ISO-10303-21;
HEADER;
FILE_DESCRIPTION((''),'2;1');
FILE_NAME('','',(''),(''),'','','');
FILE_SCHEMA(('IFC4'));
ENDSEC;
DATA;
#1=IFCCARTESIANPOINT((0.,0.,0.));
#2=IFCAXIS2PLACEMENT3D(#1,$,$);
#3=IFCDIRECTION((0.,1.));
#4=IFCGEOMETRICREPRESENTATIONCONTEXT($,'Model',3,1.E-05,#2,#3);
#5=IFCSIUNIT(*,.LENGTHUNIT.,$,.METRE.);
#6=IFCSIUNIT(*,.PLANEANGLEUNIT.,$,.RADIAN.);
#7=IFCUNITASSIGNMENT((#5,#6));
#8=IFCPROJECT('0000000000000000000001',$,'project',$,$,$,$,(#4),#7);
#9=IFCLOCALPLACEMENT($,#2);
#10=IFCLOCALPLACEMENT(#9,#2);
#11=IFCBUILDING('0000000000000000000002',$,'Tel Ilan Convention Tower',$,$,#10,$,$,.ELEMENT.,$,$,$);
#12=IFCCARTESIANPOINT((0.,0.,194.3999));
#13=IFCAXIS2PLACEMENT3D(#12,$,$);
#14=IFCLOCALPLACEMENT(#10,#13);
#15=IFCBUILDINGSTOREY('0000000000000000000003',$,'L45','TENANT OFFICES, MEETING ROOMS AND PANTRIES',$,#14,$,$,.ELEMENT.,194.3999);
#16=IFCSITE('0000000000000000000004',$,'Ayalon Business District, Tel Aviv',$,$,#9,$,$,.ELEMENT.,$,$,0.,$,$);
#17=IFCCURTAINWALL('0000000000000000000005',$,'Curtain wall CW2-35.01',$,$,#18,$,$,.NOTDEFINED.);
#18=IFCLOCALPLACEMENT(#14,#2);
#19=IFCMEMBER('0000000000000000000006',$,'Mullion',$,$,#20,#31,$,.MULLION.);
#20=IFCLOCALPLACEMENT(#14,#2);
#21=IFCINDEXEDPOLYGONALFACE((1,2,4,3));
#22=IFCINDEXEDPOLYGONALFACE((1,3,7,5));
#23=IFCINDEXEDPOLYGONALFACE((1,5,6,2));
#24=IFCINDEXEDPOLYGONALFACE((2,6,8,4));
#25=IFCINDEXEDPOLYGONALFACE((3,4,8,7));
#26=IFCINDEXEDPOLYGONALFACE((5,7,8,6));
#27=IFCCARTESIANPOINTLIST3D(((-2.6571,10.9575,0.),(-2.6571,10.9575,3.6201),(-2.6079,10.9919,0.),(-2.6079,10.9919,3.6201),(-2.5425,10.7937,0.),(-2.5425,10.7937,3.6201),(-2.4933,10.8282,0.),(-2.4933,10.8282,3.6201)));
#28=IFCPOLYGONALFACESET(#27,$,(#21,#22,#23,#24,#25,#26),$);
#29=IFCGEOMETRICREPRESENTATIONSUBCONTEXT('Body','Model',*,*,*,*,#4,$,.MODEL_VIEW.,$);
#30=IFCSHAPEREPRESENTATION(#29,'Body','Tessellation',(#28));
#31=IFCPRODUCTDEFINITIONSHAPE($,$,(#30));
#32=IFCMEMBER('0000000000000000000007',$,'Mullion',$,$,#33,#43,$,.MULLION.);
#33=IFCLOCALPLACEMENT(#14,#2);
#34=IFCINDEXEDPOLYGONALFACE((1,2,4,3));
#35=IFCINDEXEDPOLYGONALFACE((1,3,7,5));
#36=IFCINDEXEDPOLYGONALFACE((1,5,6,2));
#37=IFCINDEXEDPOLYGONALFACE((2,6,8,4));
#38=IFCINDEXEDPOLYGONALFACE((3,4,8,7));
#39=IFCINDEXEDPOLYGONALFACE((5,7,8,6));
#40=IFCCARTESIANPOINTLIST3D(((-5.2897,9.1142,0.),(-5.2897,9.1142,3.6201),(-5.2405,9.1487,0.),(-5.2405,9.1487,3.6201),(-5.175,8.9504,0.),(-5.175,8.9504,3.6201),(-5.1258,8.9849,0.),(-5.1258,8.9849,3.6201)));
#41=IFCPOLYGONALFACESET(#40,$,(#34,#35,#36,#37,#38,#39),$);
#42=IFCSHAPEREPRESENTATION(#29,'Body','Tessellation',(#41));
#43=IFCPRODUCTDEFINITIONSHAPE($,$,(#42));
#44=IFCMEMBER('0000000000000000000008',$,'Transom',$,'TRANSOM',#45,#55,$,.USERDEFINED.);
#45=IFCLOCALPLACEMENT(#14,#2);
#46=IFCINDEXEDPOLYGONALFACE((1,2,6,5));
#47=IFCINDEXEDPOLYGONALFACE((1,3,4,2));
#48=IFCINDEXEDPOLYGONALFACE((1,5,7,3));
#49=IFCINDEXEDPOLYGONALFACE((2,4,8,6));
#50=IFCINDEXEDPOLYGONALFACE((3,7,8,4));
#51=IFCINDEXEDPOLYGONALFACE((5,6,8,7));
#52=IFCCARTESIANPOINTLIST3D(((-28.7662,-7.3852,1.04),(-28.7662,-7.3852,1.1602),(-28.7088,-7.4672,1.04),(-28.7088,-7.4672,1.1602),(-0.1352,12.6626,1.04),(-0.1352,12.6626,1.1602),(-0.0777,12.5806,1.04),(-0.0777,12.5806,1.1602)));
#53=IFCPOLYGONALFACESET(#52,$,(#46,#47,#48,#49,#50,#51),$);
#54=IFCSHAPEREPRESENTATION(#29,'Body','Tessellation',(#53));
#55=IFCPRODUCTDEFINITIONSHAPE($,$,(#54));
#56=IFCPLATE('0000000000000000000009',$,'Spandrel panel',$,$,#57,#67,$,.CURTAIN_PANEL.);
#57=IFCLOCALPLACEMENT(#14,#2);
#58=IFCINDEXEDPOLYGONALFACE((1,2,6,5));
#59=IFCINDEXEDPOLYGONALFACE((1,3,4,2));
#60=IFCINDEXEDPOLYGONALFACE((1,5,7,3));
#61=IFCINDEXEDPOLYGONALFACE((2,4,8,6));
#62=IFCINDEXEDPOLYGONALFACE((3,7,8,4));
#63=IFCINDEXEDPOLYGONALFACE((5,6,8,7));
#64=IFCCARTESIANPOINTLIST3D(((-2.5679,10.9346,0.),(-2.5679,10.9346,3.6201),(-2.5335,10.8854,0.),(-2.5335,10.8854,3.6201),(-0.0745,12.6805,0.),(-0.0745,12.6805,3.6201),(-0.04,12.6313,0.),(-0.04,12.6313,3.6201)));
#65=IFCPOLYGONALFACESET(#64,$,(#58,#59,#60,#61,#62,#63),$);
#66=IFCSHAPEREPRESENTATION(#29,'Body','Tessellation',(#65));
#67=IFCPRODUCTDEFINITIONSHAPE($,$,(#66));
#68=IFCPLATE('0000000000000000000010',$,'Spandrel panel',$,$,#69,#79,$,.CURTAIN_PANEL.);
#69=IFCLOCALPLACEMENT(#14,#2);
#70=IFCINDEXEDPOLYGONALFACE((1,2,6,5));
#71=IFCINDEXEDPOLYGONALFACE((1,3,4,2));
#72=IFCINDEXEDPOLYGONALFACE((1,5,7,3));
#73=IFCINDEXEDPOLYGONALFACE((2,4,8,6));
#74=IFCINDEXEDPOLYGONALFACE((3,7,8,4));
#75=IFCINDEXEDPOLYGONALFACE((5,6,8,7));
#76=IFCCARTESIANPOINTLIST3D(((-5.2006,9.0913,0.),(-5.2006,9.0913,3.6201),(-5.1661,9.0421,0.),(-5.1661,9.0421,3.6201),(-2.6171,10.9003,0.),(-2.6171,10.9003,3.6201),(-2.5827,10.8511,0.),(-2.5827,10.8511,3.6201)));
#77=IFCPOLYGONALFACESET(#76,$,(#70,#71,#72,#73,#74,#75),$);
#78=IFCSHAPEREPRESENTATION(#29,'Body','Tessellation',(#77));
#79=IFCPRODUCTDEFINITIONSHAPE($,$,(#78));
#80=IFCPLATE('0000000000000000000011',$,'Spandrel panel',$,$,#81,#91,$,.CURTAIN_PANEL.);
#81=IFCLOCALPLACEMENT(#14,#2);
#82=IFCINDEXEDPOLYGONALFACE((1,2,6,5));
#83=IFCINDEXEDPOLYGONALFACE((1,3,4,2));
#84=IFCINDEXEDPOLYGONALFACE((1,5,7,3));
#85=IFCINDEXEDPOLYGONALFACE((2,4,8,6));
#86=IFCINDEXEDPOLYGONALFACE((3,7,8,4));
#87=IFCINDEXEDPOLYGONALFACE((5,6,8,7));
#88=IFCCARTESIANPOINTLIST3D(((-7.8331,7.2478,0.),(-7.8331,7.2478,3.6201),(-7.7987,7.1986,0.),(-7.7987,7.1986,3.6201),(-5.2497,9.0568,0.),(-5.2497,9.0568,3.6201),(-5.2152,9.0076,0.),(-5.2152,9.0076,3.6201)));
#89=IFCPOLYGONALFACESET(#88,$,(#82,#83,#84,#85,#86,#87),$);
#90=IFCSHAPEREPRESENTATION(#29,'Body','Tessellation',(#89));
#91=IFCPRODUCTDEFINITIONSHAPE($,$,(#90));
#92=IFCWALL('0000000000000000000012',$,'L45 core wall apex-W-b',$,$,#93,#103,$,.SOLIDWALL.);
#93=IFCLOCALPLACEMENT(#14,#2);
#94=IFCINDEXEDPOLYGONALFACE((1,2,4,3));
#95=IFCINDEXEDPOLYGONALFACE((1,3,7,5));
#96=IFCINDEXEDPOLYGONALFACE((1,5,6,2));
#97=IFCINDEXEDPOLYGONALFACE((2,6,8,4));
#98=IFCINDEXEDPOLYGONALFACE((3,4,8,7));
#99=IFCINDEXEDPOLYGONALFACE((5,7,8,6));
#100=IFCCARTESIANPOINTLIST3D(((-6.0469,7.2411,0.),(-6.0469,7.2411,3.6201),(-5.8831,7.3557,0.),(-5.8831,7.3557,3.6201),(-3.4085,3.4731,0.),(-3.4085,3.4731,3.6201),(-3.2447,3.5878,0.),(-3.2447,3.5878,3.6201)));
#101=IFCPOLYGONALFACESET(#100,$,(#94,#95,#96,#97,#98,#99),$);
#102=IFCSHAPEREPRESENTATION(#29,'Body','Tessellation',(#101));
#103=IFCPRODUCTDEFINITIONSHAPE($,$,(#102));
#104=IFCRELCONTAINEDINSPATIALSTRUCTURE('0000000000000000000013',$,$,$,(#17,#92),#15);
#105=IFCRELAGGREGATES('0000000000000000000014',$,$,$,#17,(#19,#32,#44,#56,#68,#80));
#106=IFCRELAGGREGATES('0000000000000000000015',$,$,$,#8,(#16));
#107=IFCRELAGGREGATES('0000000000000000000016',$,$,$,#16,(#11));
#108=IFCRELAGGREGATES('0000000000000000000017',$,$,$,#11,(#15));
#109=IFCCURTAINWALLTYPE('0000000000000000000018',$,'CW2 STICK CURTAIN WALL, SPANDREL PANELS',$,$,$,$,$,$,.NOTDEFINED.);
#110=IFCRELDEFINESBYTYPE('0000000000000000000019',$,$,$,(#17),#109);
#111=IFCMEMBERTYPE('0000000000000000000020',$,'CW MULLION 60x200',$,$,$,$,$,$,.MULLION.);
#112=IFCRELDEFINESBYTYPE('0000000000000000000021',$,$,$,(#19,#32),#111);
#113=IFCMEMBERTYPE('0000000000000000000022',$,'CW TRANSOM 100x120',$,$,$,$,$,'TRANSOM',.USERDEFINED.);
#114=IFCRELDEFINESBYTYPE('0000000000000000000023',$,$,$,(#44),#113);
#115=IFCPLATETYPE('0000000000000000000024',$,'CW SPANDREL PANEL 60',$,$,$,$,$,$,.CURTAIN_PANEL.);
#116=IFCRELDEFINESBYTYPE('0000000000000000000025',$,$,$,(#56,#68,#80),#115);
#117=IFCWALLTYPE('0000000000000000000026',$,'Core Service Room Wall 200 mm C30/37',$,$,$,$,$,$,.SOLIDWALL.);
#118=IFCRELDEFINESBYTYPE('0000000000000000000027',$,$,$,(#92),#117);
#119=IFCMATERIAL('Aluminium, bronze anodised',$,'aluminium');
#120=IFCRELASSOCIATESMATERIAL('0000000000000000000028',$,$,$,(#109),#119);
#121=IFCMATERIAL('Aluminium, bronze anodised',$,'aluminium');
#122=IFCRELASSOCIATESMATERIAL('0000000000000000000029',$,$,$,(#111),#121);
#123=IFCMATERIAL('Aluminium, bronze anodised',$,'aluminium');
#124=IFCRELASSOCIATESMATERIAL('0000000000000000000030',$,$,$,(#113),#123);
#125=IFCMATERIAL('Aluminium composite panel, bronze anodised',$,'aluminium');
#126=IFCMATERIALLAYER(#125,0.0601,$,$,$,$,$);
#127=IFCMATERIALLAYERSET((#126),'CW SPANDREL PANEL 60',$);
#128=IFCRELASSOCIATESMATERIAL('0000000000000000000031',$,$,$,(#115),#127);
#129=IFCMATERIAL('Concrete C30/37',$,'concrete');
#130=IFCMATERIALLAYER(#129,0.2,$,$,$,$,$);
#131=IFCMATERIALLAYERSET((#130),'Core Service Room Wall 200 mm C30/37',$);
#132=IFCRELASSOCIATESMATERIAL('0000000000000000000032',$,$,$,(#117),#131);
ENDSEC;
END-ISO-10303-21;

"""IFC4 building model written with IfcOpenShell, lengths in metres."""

from ifc_helpers import new_model, si_unit, direction, frame, frame_2d, origin, origin_2d, place, context, subcontext, project, spatial, rectangle, extrude, material, layer, layer_set, material_profile, profile_set, type_object, element, aggregate, save


model = new_model("IFC4")

# Units and contexts
model_context = context("Model", 3, precision=1e-05, world=origin(), true_north=direction((0.0, 1.0)))
body_context = subcontext(model_context, "Body", "Model", "MODEL_VIEW")
ifc_project = project(units=[si_unit("LENGTHUNIT", "METRE"), si_unit("PLANEANGLEUNIT", "RADIAN")], contexts=[model_context])

# Site, building, storey
site_placement = place(None, origin())
site = spatial("IfcSite", under=ifc_project, at=site_placement, Name="Ayalon Business District, Tel Aviv", CompositionType="ELEMENT", RefElevation=0.0)
building_placement = place(site_placement, origin())
building = spatial("IfcBuilding", under=site, at=building_placement, Name="Tel Ilan Convention Tower", CompositionType="ELEMENT")
storey_placement = place(building_placement, frame((0.0, 0.0, 194.3999)))
storey = spatial("IfcBuildingStorey", under=building, at=storey_placement, Name="L45", Description="TENANT OFFICES, MEETING ROOMS AND PANTRIES", CompositionType="ELEMENT", Elevation=194.3999)

# Curtain wall, members, plates
ifc_material_1 = material(Name="Aluminium, bronze anodised", Category="aluminium")
curtain_wall_type = type_object("IfcCurtainWallType", Name="CW2 STICK CURTAIN WALL, SPANDREL PANELS", PredefinedType="NOTDEFINED", material=ifc_material_1)
curtain_wall_placement = place(storey_placement, origin())
curtain_wall = element("IfcCurtainWall", 1, at=curtain_wall_placement, inside=storey, type_object=curtain_wall_type, Name="Curtain wall CW2-35.01", PredefinedType="NOTDEFINED")
ifc_material_2 = material(Name="Aluminium, bronze anodised", Category="aluminium")
ifc_material_profile_1 = material_profile(ifc_material_2, rectangle(XDim=0.0601, YDim=0.2, at=origin_2d()), Name="CW MULLION 60x200")
ifc_profile_set_1 = profile_set([ifc_material_profile_1], Name="Aluminium, bronze anodised")
member_type_1 = type_object("IfcMemberType", Name="CW MULLION 60x200", PredefinedType="MULLION", material=ifc_profile_set_1)
member_1_placement = place(storey_placement, frame((-2.5752, 10.8928, 0.0), z_axis=(0.0, 0.0, 1.0), x_axis=(-0.819152, -0.573576, 0.0)))
member_1 = element("IfcMember", 2, at=member_1_placement, type_object=member_type_1, Name="Mullion", PredefinedType="MULLION", context=body_context, shape_type="SweptSolid", body=[
    extrude(rectangle(XDim=0.0601, YDim=0.2, at=origin_2d()), origin(), (0.0, 0.0, 1.0), 3.6201),
])
member_2_placement = place(storey_placement, frame((-5.2078, 9.0496, 0.0), z_axis=(0.0, 0.0, 1.0), x_axis=(-0.819152, -0.573576, 0.0)))
member_2 = element("IfcMember", 3, at=member_2_placement, type_object=member_type_1, Name="Mullion", PredefinedType="MULLION", context=body_context, shape_type="SweptSolid", body=[
    extrude(rectangle(XDim=0.0601, YDim=0.2, at=origin_2d()), origin(), (0.0, 0.0, 1.0), 3.6201),
])
ifc_material_3 = material(Name="Aluminium, bronze anodised", Category="aluminium")
ifc_material_profile_2 = material_profile(ifc_material_3, rectangle(XDim=0.1001, YDim=0.1201, at=origin_2d()), Name="CW TRANSOM 100x120")
ifc_profile_set_2 = profile_set([ifc_material_profile_2], Name="Aluminium, bronze anodised")
member_type_2 = type_object("IfcMemberType", Name="CW TRANSOM 100x120", ElementType="TRANSOM", PredefinedType="USERDEFINED", material=ifc_profile_set_2)
member_3_placement = place(storey_placement, frame((-0.1064, 12.6216, 1.1001), z_axis=(-0.81915, -0.573579, 0.0), x_axis=(0.573579, -0.81915, 0.0)))
member_3 = element("IfcMember", 4, at=member_3_placement, type_object=member_type_2, Name="Transom", ObjectType="TRANSOM", PredefinedType="USERDEFINED", context=body_context, shape_type="SweptSolid", body=[
    extrude(rectangle(XDim=0.1001, YDim=0.1201, at=origin_2d()), origin(), (0.0, 0.0, 1.0), 34.9521),
])
ifc_material_4 = material(Name="Aluminium composite panel, bronze anodised", Category="aluminium")
ifc_layer_1 = layer(ifc_material_4, 0.0601)
ifc_layer_set_1 = layer_set([ifc_layer_1], Name="CW SPANDREL PANEL 60")
plate_type = type_object("IfcPlateType", Name="CW SPANDREL PANEL 60", PredefinedType="CURTAIN_PANEL", material=ifc_layer_set_1)
plate_1_placement = place(storey_placement, frame((-1.304, 11.783, 0.0), z_axis=(0.0, 0.0, 1.0), x_axis=(-0.819152, -0.573576, 0.0)))
plate_1 = element("IfcPlate", 5, at=plate_1_placement, type_object=plate_type, Name="Spandrel panel", PredefinedType="CURTAIN_PANEL", context=body_context, shape_type="SweptSolid", body=[
    extrude(rectangle(XDim=3.0439, YDim=0.0601, at=origin_2d()), origin(), (0.0, 0.0, 1.0), 3.6201),
])
plate_2_placement = place(storey_placement, frame((-3.8916, 9.9712, 0.0), z_axis=(0.0, 0.0, 1.0), x_axis=(-0.819152, -0.573576, 0.0)))
plate_2 = element("IfcPlate", 6, at=plate_2_placement, type_object=plate_type, Name="Spandrel panel", PredefinedType="CURTAIN_PANEL", context=body_context, shape_type="SweptSolid", body=[
    extrude(rectangle(XDim=3.1538, YDim=0.0601, at=origin_2d()), origin(), (0.0, 0.0, 1.0), 3.6201),
])
plate_3_placement = place(storey_placement, frame((-6.5242, 8.1277, 0.0), z_axis=(0.0, 0.0, 1.0), x_axis=(-0.819152, -0.573576, 0.0)))
plate_3 = element("IfcPlate", 7, at=plate_3_placement, type_object=plate_type, Name="Spandrel panel", PredefinedType="CURTAIN_PANEL", context=body_context, shape_type="SweptSolid", body=[
    extrude(rectangle(XDim=3.1538, YDim=0.0601, at=origin_2d()), origin(), (0.0, 0.0, 1.0), 3.6201),
])
aggregate(curtain_wall, [member_1, member_2, member_3, plate_1, plate_2, plate_3])

# Wall
ifc_material_5 = material(Name="Concrete C30/37", Category="concrete")
ifc_layer_2 = layer(ifc_material_5, 0.2)
ifc_layer_set_2 = layer_set([ifc_layer_2], Name="Core Service Room Wall 200 mm C30/37")
wall_type_1 = type_object("IfcWallType", Name="Core Service Room Wall 200 mm C30/37", PredefinedType="SOLIDWALL", material=ifc_layer_set_2)
wall_1_placement = place(storey_placement, frame((-3.3267, 3.5305, 0.0), z_axis=(0.0, 0.0, 1.0), x_axis=(-0.573576, 0.819152, 0.0)))
element("IfcWall", 8, at=wall_1_placement, inside=storey, type_object=wall_type_1, Name="L45 core wall apex-W-b", PredefinedType="SOLIDWALL", context=body_context, shape_type="SweptSolid", body=[
    extrude(rectangle(XDim=4.5999, YDim=0.2, at=frame_2d((2.2998, 0.0))), origin(), (0.0, 0.0, 1.0), 3.6201),
])

save(model, "model.ifc")
